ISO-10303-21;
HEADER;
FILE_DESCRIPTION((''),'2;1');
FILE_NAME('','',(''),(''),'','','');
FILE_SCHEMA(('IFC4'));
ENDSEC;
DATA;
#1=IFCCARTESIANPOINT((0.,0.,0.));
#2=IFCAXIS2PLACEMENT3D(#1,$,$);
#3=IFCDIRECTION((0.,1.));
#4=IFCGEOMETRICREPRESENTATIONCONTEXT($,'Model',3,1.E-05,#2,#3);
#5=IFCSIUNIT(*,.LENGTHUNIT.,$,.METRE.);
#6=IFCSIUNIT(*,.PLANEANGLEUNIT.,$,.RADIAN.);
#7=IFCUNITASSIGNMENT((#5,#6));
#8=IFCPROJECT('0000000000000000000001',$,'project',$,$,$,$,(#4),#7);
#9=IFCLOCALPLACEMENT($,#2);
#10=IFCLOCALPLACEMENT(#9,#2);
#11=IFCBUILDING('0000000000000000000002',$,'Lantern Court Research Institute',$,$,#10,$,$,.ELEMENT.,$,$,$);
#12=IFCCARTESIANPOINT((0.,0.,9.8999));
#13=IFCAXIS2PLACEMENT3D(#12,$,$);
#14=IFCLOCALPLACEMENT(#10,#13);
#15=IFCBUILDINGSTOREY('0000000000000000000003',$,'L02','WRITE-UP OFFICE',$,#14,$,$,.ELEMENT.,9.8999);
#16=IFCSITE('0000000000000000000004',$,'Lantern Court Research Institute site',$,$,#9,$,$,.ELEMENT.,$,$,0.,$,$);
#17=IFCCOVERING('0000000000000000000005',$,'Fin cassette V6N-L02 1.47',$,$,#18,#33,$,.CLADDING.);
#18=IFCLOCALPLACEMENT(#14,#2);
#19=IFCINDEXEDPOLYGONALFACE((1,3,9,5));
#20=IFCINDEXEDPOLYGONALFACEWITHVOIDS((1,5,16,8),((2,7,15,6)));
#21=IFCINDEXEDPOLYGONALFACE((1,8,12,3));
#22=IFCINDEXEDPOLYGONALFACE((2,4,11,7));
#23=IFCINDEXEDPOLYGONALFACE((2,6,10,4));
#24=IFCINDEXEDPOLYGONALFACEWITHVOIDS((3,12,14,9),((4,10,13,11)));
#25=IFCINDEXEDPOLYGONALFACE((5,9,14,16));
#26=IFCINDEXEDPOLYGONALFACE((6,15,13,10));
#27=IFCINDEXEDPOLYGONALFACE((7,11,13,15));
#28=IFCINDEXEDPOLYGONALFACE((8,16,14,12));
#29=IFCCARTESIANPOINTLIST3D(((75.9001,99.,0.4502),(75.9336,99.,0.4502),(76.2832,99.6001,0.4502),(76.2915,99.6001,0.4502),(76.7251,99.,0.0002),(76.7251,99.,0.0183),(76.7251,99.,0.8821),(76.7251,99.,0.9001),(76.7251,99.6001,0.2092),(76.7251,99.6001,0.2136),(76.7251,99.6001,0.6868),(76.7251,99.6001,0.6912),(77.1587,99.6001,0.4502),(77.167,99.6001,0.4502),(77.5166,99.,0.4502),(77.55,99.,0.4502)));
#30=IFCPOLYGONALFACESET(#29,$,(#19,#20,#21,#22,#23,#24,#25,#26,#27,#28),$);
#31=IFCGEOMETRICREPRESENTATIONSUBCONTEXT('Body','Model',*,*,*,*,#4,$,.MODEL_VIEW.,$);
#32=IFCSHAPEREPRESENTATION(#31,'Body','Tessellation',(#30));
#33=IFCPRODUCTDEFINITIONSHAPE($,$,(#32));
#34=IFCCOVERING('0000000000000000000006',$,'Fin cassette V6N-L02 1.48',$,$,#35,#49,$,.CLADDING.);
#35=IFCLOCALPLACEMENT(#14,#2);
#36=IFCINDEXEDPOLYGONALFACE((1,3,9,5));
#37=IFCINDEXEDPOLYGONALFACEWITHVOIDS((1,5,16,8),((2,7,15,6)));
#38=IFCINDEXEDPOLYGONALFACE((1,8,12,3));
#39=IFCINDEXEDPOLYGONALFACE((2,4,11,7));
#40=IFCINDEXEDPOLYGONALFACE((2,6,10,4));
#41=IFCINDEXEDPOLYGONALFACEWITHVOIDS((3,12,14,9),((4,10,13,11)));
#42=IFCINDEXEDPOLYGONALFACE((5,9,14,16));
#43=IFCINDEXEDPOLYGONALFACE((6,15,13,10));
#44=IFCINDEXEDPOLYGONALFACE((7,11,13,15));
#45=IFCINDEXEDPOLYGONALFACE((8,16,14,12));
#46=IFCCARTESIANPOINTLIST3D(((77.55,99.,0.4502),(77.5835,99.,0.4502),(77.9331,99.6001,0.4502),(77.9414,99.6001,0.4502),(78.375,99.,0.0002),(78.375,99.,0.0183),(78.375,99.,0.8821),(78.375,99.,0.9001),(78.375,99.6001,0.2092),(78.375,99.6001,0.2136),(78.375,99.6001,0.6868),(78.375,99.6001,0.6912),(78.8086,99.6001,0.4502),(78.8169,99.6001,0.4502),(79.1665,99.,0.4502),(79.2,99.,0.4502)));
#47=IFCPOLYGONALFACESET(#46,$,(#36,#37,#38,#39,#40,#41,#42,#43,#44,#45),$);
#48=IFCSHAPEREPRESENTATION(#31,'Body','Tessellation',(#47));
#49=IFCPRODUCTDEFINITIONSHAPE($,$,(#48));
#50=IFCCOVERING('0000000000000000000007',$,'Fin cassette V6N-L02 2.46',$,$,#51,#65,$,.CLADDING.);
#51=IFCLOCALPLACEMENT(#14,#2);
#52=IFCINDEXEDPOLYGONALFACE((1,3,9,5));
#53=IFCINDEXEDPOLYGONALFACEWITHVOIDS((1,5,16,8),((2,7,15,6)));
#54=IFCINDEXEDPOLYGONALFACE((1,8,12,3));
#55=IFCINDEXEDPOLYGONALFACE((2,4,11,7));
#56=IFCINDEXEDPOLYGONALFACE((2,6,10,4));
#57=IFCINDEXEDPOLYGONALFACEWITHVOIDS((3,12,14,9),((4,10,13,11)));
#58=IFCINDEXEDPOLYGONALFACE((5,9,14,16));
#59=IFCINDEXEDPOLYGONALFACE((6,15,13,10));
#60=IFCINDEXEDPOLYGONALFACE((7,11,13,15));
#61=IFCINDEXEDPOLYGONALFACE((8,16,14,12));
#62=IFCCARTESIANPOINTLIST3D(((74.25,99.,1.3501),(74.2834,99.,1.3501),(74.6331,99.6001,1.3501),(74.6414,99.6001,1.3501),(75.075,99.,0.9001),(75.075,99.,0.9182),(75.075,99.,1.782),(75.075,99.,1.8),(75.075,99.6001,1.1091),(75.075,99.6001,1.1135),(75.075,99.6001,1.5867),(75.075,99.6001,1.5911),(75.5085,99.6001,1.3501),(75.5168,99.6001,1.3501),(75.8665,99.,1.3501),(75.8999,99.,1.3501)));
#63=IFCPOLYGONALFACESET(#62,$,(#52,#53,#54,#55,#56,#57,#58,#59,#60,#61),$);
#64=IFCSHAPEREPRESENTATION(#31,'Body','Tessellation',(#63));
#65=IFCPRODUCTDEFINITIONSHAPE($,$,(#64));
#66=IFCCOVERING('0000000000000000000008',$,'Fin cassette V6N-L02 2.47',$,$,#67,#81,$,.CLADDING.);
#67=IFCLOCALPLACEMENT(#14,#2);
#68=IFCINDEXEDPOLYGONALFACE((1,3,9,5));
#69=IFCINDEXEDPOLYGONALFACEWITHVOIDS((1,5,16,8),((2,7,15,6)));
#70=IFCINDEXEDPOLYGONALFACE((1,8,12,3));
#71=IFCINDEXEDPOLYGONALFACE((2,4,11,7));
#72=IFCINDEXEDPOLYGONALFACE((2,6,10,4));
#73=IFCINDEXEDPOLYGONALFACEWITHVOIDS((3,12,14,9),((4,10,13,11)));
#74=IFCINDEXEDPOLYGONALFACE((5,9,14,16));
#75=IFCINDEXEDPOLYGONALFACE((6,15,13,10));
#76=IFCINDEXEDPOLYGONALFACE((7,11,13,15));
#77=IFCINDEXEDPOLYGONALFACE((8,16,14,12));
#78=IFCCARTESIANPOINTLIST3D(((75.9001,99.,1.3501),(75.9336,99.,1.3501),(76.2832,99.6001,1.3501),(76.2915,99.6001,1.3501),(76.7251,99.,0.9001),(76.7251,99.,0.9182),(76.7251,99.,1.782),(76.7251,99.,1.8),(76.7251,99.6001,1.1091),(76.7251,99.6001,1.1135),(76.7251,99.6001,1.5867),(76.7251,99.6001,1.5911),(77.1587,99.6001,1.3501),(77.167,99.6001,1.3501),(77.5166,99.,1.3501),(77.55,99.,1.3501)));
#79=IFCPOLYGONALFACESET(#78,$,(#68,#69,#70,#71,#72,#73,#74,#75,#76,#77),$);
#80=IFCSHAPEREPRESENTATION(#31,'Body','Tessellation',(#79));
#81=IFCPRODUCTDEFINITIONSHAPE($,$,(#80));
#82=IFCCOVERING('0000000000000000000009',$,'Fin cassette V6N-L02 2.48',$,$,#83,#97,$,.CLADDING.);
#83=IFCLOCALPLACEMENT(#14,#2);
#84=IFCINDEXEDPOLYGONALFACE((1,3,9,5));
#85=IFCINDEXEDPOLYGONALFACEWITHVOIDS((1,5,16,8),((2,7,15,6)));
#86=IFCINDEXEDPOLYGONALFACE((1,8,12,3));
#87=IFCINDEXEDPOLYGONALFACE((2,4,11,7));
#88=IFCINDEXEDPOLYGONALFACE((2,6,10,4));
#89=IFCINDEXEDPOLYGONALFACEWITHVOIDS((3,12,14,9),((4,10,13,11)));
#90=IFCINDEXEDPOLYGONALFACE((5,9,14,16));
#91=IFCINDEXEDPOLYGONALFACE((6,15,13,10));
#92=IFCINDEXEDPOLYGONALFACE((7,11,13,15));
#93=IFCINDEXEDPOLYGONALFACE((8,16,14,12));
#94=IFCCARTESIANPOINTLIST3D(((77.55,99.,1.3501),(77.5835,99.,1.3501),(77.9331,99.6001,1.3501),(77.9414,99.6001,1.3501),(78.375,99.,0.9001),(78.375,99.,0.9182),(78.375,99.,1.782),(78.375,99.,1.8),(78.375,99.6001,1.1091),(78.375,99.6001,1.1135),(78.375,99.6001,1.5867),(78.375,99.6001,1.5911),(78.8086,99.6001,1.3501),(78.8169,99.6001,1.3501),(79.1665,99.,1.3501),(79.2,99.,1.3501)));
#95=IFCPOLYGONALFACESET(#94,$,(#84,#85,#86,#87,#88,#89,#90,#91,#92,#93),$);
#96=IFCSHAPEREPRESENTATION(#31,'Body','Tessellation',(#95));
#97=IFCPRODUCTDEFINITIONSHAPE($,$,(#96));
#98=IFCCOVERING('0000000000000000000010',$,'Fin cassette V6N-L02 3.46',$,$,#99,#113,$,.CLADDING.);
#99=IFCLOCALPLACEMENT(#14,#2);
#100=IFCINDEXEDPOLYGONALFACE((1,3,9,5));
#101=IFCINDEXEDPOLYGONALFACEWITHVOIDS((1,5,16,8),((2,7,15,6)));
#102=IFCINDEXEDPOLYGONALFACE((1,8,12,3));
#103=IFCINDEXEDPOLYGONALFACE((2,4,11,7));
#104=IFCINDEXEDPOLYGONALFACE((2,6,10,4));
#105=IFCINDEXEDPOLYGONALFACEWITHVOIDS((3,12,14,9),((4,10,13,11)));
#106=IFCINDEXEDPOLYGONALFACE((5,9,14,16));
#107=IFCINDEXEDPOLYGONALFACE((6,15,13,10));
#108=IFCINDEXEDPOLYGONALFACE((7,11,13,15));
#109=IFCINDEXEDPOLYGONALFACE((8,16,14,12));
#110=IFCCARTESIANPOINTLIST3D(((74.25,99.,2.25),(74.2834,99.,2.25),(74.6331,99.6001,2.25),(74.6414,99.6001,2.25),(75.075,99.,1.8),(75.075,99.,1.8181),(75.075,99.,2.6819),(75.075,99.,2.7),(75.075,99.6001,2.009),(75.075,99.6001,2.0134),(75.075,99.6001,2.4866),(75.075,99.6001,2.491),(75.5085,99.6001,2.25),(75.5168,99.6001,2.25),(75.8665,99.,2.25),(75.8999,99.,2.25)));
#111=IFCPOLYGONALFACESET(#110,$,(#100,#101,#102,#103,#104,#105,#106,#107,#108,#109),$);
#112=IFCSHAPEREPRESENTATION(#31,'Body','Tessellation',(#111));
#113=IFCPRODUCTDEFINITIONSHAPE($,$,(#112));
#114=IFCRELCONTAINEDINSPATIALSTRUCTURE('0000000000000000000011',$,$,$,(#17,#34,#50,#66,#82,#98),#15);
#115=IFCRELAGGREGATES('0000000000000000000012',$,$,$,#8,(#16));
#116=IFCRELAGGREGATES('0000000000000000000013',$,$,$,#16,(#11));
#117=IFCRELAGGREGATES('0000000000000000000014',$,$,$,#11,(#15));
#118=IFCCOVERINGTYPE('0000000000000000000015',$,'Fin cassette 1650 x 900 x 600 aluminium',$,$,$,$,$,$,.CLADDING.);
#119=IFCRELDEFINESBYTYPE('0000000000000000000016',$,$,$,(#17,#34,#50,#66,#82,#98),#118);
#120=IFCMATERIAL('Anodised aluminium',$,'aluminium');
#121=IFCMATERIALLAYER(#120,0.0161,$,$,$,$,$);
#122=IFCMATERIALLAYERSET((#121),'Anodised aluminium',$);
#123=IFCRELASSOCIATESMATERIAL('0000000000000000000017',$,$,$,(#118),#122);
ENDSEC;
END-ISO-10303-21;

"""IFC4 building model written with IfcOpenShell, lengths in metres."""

from ifc_helpers import new_model, entity, si_unit, direction, frame, origin, place, context, subcontext, project, spatial, material, layer, layer_set, type_object, element, save


model = new_model("IFC4")

# Units and contexts
model_context = context("Model", 3, precision=1e-05, world=origin(), true_north=direction((0.0, 1.0)))
body_context = subcontext(model_context, "Body", "Model", "MODEL_VIEW")
ifc_project = project(units=[si_unit("LENGTHUNIT", "METRE"), si_unit("PLANEANGLEUNIT", "RADIAN")], contexts=[model_context])

# Site, building, storey
site_placement = place(None, origin())
site = spatial("IfcSite", under=ifc_project, at=site_placement, Name="Lantern Court Research Institute site", CompositionType="ELEMENT", RefElevation=0.0)
building_placement = place(site_placement, origin())
building = spatial("IfcBuilding", under=site, at=building_placement, Name="Lantern Court Research Institute", CompositionType="ELEMENT")
storey_placement = place(building_placement, frame((0.0, 0.0, 9.8999)))
storey = spatial("IfcBuildingStorey", under=building, at=storey_placement, Name="L02", Description="WRITE-UP OFFICE", CompositionType="ELEMENT", Elevation=9.8999)

# Coverings
ifc_material_1 = material(Name="Anodised aluminium", Category="aluminium")
ifc_layer = layer(ifc_material_1, 0.0161)
ifc_layer_set = layer_set([ifc_layer], Name="Anodised aluminium")
covering_type = type_object("IfcCoveringType", Name="Fin cassette 1650 x 900 x 600 aluminium", PredefinedType="CLADDING", material=ifc_layer_set)
covering_1_placement = place(storey_placement, frame((76.7251, 99.0, 0.4502), z_axis=(0.0, 1.0, 0.0), x_axis=(-1.0, 0.0, 0.0)))
cartesian_point_1 = entity("IfcCartesianPoint", [0.825, 0.0])
cartesian_point_2 = entity("IfcCartesianPoint", [0.7915, 0.0])
cartesian_point_3 = entity("IfcCartesianPoint", [0.4419, 0.0])
cartesian_point_4 = entity("IfcCartesianPoint", [0.4336, 0.0])
element("IfcCovering", 1, at=covering_1_placement, inside=storey, type_object=covering_type, Name="Fin cassette V6N-L02 1.47", PredefinedType="CLADDING", context=body_context, shape_type="SweptSolid", body=[
    entity("IfcExtrudedAreaSolidTapered", entity("IfcArbitraryProfileDefWithVoids", "AREA", None, entity("IfcPolyline", [cartesian_point_1, entity("IfcCartesianPoint", [0.0, 0.45]), entity("IfcCartesianPoint", [-0.825, 0.0]), entity("IfcCartesianPoint", [0.0, -0.45]), cartesian_point_1]), [entity("IfcPolyline", [cartesian_point_2, entity("IfcCartesianPoint", [0.0, 0.4319]), entity("IfcCartesianPoint", [-0.7915, 0.0]), entity("IfcCartesianPoint", [0.0, -0.4319]), cartesian_point_2])]), entity("IfcAxis2Placement3D", entity("IfcCartesianPoint", [0.0, 0.0, 0.0])), entity("IfcDirection", [0.0, 0.0, 1.0]), 0.6001, entity("IfcArbitraryProfileDefWithVoids", "AREA", None, entity("IfcPolyline", [cartesian_point_3, entity("IfcCartesianPoint", [0.0, 0.241]), entity("IfcCartesianPoint", [-0.4419, 0.0]), entity("IfcCartesianPoint", [0.0, -0.241]), cartesian_point_3]), [entity("IfcPolyline", [cartesian_point_4, entity("IfcCartesianPoint", [0.0, 0.2366]), entity("IfcCartesianPoint", [-0.4336, 0.0]), entity("IfcCartesianPoint", [0.0, -0.2366]), cartesian_point_4])])),
])
covering_2_placement = place(storey_placement, frame((78.375, 99.0, 0.4502), z_axis=(0.0, 1.0, 0.0), x_axis=(-1.0, 0.0, 0.0)))
cartesian_point_5 = entity("IfcCartesianPoint", [0.825, 0.0])
cartesian_point_6 = entity("IfcCartesianPoint", [0.7915, 0.0])
cartesian_point_7 = entity("IfcCartesianPoint", [0.4419, 0.0])
cartesian_point_8 = entity("IfcCartesianPoint", [0.4336, 0.0])
element("IfcCovering", 2, at=covering_2_placement, inside=storey, type_object=covering_type, Name="Fin cassette V6N-L02 1.48", PredefinedType="CLADDING", context=body_context, shape_type="SweptSolid", body=[
    entity("IfcExtrudedAreaSolidTapered", entity("IfcArbitraryProfileDefWithVoids", "AREA", None, entity("IfcPolyline", [cartesian_point_5, entity("IfcCartesianPoint", [0.0, 0.45]), entity("IfcCartesianPoint", [-0.825, 0.0]), entity("IfcCartesianPoint", [0.0, -0.45]), cartesian_point_5]), [entity("IfcPolyline", [cartesian_point_6, entity("IfcCartesianPoint", [0.0, 0.4319]), entity("IfcCartesianPoint", [-0.7915, 0.0]), entity("IfcCartesianPoint", [0.0, -0.4319]), cartesian_point_6])]), entity("IfcAxis2Placement3D", entity("IfcCartesianPoint", [0.0, 0.0, 0.0])), entity("IfcDirection", [0.0, 0.0, 1.0]), 0.6001, entity("IfcArbitraryProfileDefWithVoids", "AREA", None, entity("IfcPolyline", [cartesian_point_7, entity("IfcCartesianPoint", [0.0, 0.241]), entity("IfcCartesianPoint", [-0.4419, 0.0]), entity("IfcCartesianPoint", [0.0, -0.241]), cartesian_point_7]), [entity("IfcPolyline", [cartesian_point_8, entity("IfcCartesianPoint", [0.0, 0.2366]), entity("IfcCartesianPoint", [-0.4336, 0.0]), entity("IfcCartesianPoint", [0.0, -0.2366]), cartesian_point_8])])),
])
covering_3_placement = place(storey_placement, frame((75.075, 99.0, 1.3501), z_axis=(0.0, 1.0, 0.0), x_axis=(-1.0, 0.0, 0.0)))
cartesian_point_9 = entity("IfcCartesianPoint", [0.825, 0.0])
cartesian_point_10 = entity("IfcCartesianPoint", [0.7915, 0.0])
cartesian_point_11 = entity("IfcCartesianPoint", [0.4419, 0.0])
cartesian_point_12 = entity("IfcCartesianPoint", [0.4336, 0.0])
element("IfcCovering", 3, at=covering_3_placement, inside=storey, type_object=covering_type, Name="Fin cassette V6N-L02 2.46", PredefinedType="CLADDING", context=body_context, shape_type="SweptSolid", body=[
    entity("IfcExtrudedAreaSolidTapered", entity("IfcArbitraryProfileDefWithVoids", "AREA", None, entity("IfcPolyline", [cartesian_point_9, entity("IfcCartesianPoint", [0.0, 0.45]), entity("IfcCartesianPoint", [-0.825, 0.0]), entity("IfcCartesianPoint", [0.0, -0.45]), cartesian_point_9]), [entity("IfcPolyline", [cartesian_point_10, entity("IfcCartesianPoint", [0.0, 0.4319]), entity("IfcCartesianPoint", [-0.7915, 0.0]), entity("IfcCartesianPoint", [0.0, -0.4319]), cartesian_point_10])]), entity("IfcAxis2Placement3D", entity("IfcCartesianPoint", [0.0, 0.0, 0.0])), entity("IfcDirection", [0.0, 0.0, 1.0]), 0.6001, entity("IfcArbitraryProfileDefWithVoids", "AREA", None, entity("IfcPolyline", [cartesian_point_11, entity("IfcCartesianPoint", [0.0, 0.241]), entity("IfcCartesianPoint", [-0.4419, 0.0]), entity("IfcCartesianPoint", [0.0, -0.241]), cartesian_point_11]), [entity("IfcPolyline", [cartesian_point_12, entity("IfcCartesianPoint", [0.0, 0.2366]), entity("IfcCartesianPoint", [-0.4336, 0.0]), entity("IfcCartesianPoint", [0.0, -0.2366]), cartesian_point_12])])),
])
covering_4_placement = place(storey_placement, frame((76.7251, 99.0, 1.3501), z_axis=(0.0, 1.0, 0.0), x_axis=(-1.0, 0.0, 0.0)))
cartesian_point_13 = entity("IfcCartesianPoint", [0.825, 0.0])
cartesian_point_14 = entity("IfcCartesianPoint", [0.7915, 0.0])
cartesian_point_15 = entity("IfcCartesianPoint", [0.4419, 0.0])
cartesian_point_16 = entity("IfcCartesianPoint", [0.4336, 0.0])
element("IfcCovering", 4, at=covering_4_placement, inside=storey, type_object=covering_type, Name="Fin cassette V6N-L02 2.47", PredefinedType="CLADDING", context=body_context, shape_type="SweptSolid", body=[
    entity("IfcExtrudedAreaSolidTapered", entity("IfcArbitraryProfileDefWithVoids", "AREA", None, entity("IfcPolyline", [cartesian_point_13, entity("IfcCartesianPoint", [0.0, 0.45]), entity("IfcCartesianPoint", [-0.825, 0.0]), entity("IfcCartesianPoint", [0.0, -0.45]), cartesian_point_13]), [entity("IfcPolyline", [cartesian_point_14, entity("IfcCartesianPoint", [0.0, 0.4319]), entity("IfcCartesianPoint", [-0.7915, 0.0]), entity("IfcCartesianPoint", [0.0, -0.4319]), cartesian_point_14])]), entity("IfcAxis2Placement3D", entity("IfcCartesianPoint", [0.0, 0.0, 0.0])), entity("IfcDirection", [0.0, 0.0, 1.0]), 0.6001, entity("IfcArbitraryProfileDefWithVoids", "AREA", None, entity("IfcPolyline", [cartesian_point_15, entity("IfcCartesianPoint", [0.0, 0.241]), entity("IfcCartesianPoint", [-0.4419, 0.0]), entity("IfcCartesianPoint", [0.0, -0.241]), cartesian_point_15]), [entity("IfcPolyline", [cartesian_point_16, entity("IfcCartesianPoint", [0.0, 0.2366]), entity("IfcCartesianPoint", [-0.4336, 0.0]), entity("IfcCartesianPoint", [0.0, -0.2366]), cartesian_point_16])])),
])
covering_5_placement = place(storey_placement, frame((78.375, 99.0, 1.3501), z_axis=(0.0, 1.0, 0.0), x_axis=(-1.0, 0.0, 0.0)))
cartesian_point_17 = entity("IfcCartesianPoint", [0.825, 0.0])
cartesian_point_18 = entity("IfcCartesianPoint", [0.7915, 0.0])
cartesian_point_19 = entity("IfcCartesianPoint", [0.4419, 0.0])
cartesian_point_20 = entity("IfcCartesianPoint", [0.4336, 0.0])
element("IfcCovering", 5, at=covering_5_placement, inside=storey, type_object=covering_type, Name="Fin cassette V6N-L02 2.48", PredefinedType="CLADDING", context=body_context, shape_type="SweptSolid", body=[
    entity("IfcExtrudedAreaSolidTapered", entity("IfcArbitraryProfileDefWithVoids", "AREA", None, entity("IfcPolyline", [cartesian_point_17, entity("IfcCartesianPoint", [0.0, 0.45]), entity("IfcCartesianPoint", [-0.825, 0.0]), entity("IfcCartesianPoint", [0.0, -0.45]), cartesian_point_17]), [entity("IfcPolyline", [cartesian_point_18, entity("IfcCartesianPoint", [0.0, 0.4319]), entity("IfcCartesianPoint", [-0.7915, 0.0]), entity("IfcCartesianPoint", [0.0, -0.4319]), cartesian_point_18])]), entity("IfcAxis2Placement3D", entity("IfcCartesianPoint", [0.0, 0.0, 0.0])), entity("IfcDirection", [0.0, 0.0, 1.0]), 0.6001, entity("IfcArbitraryProfileDefWithVoids", "AREA", None, entity("IfcPolyline", [cartesian_point_19, entity("IfcCartesianPoint", [0.0, 0.241]), entity("IfcCartesianPoint", [-0.4419, 0.0]), entity("IfcCartesianPoint", [0.0, -0.241]), cartesian_point_19]), [entity("IfcPolyline", [cartesian_point_20, entity("IfcCartesianPoint", [0.0, 0.2366]), entity("IfcCartesianPoint", [-0.4336, 0.0]), entity("IfcCartesianPoint", [0.0, -0.2366]), cartesian_point_20])])),
])
covering_6_placement = place(storey_placement, frame((75.075, 99.0, 2.25), z_axis=(0.0, 1.0, 0.0), x_axis=(-1.0, 0.0, 0.0)))
cartesian_point_21 = entity("IfcCartesianPoint", [0.825, 0.0])
cartesian_point_22 = entity("IfcCartesianPoint", [0.7915, 0.0])
cartesian_point_23 = entity("IfcCartesianPoint", [0.4419, 0.0])
cartesian_point_24 = entity("IfcCartesianPoint", [0.4336, 0.0])
element("IfcCovering", 6, at=covering_6_placement, inside=storey, type_object=covering_type, Name="Fin cassette V6N-L02 3.46", PredefinedType="CLADDING", context=body_context, shape_type="SweptSolid", body=[
    entity("IfcExtrudedAreaSolidTapered", entity("IfcArbitraryProfileDefWithVoids", "AREA", None, entity("IfcPolyline", [cartesian_point_21, entity("IfcCartesianPoint", [0.0, 0.45]), entity("IfcCartesianPoint", [-0.825, 0.0]), entity("IfcCartesianPoint", [0.0, -0.45]), cartesian_point_21]), [entity("IfcPolyline", [cartesian_point_22, entity("IfcCartesianPoint", [0.0, 0.4319]), entity("IfcCartesianPoint", [-0.7915, 0.0]), entity("IfcCartesianPoint", [0.0, -0.4319]), cartesian_point_22])]), entity("IfcAxis2Placement3D", entity("IfcCartesianPoint", [0.0, 0.0, 0.0])), entity("IfcDirection", [0.0, 0.0, 1.0]), 0.6001, entity("IfcArbitraryProfileDefWithVoids", "AREA", None, entity("IfcPolyline", [cartesian_point_23, entity("IfcCartesianPoint", [0.0, 0.241]), entity("IfcCartesianPoint", [-0.4419, 0.0]), entity("IfcCartesianPoint", [0.0, -0.241]), cartesian_point_23]), [entity("IfcPolyline", [cartesian_point_24, entity("IfcCartesianPoint", [0.0, 0.2366]), entity("IfcCartesianPoint", [-0.4336, 0.0]), entity("IfcCartesianPoint", [0.0, -0.2366]), cartesian_point_24])])),
])

save(model, "model.ifc")
